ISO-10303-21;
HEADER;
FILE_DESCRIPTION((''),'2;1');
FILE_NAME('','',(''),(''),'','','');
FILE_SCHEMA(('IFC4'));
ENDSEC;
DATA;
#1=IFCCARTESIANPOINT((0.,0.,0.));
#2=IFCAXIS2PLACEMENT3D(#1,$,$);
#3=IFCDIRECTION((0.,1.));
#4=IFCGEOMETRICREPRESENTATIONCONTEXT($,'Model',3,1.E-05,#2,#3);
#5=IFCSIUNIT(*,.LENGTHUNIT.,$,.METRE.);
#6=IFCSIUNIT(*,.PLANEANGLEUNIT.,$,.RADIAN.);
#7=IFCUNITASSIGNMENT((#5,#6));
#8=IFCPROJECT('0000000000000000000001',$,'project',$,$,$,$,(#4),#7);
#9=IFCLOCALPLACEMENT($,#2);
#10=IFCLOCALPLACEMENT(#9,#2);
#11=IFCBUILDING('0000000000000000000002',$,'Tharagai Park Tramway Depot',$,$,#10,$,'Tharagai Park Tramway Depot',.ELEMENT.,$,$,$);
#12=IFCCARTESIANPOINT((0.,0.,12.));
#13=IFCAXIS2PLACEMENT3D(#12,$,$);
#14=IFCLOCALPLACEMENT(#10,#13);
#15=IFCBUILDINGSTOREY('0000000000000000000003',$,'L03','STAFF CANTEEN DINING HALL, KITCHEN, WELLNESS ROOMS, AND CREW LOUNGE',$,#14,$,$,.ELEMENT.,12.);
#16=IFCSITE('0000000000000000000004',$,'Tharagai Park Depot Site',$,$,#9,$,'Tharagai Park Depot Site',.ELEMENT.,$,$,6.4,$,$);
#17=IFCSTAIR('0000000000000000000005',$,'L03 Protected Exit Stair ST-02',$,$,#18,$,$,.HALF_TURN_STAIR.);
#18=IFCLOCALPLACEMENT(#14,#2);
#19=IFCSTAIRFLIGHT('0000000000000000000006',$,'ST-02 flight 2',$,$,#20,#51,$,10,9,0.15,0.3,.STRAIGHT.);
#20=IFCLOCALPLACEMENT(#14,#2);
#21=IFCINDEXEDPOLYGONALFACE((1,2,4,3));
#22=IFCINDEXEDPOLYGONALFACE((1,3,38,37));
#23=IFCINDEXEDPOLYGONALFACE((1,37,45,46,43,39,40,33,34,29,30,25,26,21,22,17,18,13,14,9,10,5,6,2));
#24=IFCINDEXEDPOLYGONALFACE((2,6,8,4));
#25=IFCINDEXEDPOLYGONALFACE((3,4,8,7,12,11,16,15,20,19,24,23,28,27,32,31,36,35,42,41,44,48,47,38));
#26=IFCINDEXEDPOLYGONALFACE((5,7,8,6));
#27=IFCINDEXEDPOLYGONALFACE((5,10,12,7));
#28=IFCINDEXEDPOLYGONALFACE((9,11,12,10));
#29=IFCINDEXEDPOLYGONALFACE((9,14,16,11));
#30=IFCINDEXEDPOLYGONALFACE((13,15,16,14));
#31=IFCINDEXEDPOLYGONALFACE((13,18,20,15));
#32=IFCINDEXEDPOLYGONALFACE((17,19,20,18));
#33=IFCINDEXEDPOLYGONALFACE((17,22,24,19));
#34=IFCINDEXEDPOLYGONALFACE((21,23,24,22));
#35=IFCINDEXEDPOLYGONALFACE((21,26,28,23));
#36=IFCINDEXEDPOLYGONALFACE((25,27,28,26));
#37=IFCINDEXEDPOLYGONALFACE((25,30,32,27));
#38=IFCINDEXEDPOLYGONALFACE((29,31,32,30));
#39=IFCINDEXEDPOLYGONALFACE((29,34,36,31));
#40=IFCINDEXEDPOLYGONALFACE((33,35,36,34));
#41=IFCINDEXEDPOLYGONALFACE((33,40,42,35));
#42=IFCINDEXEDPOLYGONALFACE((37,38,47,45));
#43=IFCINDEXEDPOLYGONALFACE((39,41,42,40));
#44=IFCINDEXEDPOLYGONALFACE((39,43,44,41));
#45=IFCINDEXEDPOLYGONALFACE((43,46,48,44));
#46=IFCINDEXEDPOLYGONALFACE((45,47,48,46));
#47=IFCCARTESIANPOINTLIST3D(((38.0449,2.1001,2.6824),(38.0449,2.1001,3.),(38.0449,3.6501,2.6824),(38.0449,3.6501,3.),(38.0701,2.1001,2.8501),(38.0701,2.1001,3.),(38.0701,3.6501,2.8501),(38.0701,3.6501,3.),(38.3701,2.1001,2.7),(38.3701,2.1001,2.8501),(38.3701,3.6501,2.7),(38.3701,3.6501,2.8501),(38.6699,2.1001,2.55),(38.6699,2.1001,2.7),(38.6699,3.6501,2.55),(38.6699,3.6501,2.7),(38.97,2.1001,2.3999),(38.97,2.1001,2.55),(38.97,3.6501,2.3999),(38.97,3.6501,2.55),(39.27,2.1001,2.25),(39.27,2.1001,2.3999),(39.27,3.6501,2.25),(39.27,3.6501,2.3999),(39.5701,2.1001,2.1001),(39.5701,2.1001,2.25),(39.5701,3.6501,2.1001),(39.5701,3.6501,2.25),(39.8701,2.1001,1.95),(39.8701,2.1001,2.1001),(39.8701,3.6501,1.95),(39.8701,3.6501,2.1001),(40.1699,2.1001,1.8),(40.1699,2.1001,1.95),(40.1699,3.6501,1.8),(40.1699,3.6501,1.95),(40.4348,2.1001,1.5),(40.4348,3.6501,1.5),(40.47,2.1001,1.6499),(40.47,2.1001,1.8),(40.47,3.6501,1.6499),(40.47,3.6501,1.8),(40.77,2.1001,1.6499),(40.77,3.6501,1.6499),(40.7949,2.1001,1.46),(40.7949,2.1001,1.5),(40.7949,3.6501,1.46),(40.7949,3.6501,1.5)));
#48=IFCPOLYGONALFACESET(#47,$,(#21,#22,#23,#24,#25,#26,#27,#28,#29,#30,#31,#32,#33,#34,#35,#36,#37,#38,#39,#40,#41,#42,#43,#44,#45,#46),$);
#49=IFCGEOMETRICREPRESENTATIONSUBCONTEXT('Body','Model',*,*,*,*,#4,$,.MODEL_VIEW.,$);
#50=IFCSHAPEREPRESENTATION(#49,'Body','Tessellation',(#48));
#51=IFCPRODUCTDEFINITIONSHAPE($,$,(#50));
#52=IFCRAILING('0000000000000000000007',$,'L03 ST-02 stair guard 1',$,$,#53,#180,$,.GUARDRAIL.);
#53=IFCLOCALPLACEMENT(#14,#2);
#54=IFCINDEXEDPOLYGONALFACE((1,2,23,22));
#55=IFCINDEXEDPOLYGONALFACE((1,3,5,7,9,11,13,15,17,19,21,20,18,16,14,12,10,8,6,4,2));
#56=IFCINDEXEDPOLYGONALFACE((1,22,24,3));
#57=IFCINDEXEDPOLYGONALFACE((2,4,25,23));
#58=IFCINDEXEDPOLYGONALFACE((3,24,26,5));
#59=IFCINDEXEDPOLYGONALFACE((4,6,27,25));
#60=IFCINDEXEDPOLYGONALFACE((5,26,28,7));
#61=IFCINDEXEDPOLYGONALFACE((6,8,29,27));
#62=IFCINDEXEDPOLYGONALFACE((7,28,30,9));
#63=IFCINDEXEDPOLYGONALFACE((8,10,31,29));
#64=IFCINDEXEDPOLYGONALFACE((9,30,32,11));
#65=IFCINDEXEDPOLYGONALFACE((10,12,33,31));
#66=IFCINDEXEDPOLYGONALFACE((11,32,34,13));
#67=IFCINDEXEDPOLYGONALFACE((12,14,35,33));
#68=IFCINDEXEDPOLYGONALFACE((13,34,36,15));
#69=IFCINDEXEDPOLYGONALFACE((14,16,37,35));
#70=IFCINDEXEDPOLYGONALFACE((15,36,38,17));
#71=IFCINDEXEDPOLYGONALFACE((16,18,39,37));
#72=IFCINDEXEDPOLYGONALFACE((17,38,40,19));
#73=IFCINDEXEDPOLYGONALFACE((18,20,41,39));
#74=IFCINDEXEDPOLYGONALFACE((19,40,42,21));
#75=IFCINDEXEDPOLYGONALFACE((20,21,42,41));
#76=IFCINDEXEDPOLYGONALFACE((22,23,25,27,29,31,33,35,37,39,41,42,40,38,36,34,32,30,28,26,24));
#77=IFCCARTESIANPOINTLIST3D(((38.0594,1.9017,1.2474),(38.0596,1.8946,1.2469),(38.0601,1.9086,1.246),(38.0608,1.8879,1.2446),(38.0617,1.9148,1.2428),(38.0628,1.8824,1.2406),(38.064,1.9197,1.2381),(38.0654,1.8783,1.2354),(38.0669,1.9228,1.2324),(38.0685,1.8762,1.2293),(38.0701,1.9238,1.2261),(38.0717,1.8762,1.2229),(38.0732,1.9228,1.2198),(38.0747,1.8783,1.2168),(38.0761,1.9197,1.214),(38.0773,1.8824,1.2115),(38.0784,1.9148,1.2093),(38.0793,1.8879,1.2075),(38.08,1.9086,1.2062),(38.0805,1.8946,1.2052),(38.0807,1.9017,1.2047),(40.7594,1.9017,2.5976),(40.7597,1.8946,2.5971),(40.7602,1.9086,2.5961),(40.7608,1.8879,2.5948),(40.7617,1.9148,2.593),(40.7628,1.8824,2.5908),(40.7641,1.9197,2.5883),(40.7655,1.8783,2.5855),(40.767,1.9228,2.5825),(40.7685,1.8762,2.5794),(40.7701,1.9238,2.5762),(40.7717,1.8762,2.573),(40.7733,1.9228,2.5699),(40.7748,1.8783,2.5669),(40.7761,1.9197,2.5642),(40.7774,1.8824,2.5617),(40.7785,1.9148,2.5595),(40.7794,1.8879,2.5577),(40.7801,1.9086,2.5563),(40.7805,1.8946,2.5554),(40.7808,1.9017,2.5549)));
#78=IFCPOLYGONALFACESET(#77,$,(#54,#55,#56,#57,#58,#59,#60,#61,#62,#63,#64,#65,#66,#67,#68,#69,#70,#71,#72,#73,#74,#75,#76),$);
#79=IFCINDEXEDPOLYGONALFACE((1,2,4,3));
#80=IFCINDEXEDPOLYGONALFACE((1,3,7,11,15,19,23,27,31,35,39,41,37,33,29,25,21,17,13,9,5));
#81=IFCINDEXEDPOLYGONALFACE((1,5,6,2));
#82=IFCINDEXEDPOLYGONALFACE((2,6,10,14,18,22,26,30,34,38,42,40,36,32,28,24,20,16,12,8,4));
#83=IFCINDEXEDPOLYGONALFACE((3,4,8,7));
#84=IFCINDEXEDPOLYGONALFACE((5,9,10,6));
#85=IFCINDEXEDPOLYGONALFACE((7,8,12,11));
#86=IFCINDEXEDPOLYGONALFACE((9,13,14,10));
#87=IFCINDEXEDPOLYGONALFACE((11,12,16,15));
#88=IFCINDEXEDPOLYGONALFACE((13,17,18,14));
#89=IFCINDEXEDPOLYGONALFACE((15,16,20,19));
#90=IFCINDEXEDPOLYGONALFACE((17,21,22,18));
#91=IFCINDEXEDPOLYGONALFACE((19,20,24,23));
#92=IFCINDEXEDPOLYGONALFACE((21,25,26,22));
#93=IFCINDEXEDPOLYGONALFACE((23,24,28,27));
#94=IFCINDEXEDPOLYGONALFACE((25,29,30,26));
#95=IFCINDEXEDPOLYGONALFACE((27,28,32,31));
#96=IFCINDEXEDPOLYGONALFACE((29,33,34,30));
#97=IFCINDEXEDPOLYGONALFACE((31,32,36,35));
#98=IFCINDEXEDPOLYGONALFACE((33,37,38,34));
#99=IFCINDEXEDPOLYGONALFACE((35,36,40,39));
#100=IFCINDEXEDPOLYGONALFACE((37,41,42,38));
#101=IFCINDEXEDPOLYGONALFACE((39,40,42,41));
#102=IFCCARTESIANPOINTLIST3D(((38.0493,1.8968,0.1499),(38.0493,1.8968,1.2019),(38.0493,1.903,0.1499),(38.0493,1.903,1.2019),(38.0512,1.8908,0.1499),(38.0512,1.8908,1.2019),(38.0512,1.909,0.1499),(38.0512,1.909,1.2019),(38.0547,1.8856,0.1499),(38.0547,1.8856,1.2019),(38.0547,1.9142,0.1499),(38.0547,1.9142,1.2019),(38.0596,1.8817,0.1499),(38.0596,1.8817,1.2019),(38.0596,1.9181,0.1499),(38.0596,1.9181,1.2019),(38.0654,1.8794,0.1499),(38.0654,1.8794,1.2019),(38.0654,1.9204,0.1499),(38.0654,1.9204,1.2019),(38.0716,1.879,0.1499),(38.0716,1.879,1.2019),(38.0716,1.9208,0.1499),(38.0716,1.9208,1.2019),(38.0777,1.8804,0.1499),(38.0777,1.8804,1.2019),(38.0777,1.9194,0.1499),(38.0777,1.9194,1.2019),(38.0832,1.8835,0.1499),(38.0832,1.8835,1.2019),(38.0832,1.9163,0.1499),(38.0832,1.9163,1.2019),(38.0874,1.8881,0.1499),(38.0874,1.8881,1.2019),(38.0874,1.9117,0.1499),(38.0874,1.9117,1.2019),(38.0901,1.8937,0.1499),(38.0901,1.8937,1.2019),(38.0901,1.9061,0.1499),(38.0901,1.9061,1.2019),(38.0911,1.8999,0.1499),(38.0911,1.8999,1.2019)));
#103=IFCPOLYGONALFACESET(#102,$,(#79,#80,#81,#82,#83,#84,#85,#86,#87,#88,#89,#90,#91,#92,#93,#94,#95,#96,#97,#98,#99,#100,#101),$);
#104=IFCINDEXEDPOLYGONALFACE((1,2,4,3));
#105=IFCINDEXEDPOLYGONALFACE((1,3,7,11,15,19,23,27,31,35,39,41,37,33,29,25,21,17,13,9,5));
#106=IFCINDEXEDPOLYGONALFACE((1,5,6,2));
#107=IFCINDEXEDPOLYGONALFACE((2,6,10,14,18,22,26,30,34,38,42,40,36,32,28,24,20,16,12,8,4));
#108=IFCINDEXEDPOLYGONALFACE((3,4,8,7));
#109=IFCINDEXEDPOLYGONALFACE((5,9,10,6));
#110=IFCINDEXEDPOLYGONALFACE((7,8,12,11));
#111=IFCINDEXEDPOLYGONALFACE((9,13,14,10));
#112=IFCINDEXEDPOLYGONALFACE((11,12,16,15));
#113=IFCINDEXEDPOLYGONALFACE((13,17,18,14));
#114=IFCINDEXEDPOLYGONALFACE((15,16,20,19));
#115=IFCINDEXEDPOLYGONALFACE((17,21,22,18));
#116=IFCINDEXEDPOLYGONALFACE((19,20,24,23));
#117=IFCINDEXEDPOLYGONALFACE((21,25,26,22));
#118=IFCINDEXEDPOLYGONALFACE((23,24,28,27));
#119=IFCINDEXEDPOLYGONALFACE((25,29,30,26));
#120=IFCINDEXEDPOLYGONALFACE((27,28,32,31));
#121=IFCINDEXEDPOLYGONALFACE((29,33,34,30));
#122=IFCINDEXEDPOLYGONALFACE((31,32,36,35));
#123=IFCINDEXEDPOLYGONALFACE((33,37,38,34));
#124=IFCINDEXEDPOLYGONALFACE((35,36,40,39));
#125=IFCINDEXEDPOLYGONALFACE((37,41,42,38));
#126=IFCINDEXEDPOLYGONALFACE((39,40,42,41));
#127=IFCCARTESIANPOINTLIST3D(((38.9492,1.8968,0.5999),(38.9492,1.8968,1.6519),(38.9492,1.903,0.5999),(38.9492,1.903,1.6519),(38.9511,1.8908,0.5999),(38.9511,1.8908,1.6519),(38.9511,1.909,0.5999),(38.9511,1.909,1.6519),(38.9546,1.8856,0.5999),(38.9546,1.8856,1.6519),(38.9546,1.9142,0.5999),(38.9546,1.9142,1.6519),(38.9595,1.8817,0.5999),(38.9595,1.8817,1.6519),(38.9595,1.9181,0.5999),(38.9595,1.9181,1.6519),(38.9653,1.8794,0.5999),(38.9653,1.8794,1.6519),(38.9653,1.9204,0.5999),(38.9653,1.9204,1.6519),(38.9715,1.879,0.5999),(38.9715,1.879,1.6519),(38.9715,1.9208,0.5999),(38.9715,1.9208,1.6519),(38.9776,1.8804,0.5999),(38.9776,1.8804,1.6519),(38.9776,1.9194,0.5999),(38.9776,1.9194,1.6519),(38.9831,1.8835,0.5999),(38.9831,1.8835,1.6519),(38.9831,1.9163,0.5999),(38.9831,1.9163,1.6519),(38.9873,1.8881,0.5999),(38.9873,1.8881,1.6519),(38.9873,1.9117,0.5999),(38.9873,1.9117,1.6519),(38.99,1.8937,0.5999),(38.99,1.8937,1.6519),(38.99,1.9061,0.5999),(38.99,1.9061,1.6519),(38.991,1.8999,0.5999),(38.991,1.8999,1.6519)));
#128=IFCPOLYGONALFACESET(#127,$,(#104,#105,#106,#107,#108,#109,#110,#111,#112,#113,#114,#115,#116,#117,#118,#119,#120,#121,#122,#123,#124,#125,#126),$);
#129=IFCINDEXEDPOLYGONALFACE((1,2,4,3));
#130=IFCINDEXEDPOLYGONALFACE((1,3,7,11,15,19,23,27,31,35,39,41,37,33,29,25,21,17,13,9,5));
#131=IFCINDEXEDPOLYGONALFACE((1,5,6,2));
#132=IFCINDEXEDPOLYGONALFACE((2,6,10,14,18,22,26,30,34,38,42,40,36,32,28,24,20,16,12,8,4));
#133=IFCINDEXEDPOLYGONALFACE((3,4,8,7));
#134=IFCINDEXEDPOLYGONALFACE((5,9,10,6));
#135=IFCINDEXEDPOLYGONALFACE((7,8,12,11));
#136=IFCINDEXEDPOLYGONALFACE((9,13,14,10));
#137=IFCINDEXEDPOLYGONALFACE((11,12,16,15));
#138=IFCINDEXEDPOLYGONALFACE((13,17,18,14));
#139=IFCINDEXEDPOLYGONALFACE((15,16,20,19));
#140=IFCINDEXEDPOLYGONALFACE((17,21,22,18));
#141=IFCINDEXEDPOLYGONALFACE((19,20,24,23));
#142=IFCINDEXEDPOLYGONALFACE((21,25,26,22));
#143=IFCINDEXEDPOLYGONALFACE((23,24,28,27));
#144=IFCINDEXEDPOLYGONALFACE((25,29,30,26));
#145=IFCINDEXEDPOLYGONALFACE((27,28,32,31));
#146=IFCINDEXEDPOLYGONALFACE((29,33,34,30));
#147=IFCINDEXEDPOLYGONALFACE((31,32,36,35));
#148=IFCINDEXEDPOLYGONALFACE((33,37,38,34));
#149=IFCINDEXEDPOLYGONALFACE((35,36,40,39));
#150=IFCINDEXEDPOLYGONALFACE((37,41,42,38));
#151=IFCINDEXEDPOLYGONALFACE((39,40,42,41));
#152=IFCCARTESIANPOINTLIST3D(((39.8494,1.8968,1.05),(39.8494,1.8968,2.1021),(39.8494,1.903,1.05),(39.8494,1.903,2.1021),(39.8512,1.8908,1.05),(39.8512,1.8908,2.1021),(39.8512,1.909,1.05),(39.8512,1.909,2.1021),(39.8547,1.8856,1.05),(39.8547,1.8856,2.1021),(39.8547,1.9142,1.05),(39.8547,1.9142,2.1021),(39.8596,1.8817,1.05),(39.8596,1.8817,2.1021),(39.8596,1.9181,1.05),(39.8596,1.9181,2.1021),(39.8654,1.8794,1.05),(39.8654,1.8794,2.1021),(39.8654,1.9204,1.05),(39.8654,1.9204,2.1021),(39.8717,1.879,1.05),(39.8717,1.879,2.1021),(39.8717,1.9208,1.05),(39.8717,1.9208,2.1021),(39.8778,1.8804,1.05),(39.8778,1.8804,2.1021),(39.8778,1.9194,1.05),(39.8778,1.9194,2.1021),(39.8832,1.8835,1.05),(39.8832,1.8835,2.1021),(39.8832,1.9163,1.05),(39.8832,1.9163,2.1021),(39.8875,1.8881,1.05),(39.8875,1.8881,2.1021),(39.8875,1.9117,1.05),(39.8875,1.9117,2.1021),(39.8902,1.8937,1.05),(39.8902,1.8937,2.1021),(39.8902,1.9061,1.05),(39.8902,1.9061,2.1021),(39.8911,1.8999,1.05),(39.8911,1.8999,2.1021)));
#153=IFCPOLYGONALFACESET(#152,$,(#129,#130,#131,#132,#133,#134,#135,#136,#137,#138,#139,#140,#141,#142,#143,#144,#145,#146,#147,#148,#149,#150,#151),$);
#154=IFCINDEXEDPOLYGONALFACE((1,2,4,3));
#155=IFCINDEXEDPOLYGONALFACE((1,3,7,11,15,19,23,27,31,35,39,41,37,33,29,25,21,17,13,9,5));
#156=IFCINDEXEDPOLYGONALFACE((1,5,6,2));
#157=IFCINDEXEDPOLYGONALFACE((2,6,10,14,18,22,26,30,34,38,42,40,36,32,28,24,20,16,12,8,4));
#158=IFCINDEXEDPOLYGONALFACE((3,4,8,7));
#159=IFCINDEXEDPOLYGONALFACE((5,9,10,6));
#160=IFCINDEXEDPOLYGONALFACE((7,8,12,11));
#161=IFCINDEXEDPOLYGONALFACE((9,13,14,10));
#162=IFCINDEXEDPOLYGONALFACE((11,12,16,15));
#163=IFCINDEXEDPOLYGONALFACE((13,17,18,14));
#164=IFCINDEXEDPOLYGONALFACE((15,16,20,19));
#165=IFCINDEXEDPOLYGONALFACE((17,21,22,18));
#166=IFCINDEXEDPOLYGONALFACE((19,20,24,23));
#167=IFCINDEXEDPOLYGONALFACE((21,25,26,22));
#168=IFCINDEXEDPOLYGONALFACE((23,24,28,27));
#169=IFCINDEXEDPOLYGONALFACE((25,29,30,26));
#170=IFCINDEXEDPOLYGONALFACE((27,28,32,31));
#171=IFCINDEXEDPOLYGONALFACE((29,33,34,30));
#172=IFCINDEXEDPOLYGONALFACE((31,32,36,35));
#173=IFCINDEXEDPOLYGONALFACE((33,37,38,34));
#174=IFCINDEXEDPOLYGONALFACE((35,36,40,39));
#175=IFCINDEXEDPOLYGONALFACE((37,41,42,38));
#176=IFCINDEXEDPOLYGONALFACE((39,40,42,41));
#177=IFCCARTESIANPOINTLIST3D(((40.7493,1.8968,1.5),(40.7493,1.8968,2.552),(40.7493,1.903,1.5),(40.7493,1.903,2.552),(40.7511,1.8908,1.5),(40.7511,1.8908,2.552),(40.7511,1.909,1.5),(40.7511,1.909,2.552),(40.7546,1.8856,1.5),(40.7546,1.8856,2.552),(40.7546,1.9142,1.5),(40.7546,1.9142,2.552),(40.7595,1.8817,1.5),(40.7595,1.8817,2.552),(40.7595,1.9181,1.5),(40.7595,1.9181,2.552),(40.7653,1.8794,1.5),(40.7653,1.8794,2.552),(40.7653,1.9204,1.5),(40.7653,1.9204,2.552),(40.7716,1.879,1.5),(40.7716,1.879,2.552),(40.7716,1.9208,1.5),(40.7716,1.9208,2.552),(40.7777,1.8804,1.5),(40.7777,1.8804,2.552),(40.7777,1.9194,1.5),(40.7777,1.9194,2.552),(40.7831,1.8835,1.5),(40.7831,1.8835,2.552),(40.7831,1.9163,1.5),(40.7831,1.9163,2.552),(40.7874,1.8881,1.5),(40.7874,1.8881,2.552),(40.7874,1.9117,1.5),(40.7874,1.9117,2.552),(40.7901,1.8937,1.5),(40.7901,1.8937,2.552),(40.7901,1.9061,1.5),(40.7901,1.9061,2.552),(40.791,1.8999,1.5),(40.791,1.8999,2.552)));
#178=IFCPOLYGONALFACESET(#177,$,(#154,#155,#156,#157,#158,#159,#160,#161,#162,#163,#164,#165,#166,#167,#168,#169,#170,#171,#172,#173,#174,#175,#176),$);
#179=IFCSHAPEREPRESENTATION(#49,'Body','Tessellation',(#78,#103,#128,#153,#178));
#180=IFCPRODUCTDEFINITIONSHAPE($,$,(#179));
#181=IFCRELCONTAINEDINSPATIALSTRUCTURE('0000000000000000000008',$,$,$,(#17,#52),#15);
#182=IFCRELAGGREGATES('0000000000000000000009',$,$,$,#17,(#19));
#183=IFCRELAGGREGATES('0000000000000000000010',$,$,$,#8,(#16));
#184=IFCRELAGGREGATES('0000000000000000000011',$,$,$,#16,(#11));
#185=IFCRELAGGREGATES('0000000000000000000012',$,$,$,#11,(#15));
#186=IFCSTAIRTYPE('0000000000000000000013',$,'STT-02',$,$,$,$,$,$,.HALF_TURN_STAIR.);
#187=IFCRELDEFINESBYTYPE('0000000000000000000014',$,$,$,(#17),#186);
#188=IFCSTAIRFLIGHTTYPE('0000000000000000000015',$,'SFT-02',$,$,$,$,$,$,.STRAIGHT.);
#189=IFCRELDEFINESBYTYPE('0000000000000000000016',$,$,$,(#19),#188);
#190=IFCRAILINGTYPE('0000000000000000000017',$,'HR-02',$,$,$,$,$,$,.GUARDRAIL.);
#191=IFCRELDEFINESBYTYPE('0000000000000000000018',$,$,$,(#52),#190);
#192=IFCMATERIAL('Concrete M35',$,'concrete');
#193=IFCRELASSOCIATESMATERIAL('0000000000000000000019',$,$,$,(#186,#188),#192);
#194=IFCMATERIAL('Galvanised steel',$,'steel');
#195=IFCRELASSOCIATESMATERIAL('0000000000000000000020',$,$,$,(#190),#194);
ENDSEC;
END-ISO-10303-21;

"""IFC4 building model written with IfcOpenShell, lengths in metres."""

from ifc_helpers import new_model, si_unit, direction, frame, origin, origin_2d, place, context, subcontext, project, spatial, polyline, circle, outline, extrude, material, type_object, element, aggregate, save


model = new_model("IFC4")

# Units and contexts
model_context = context("Model", 3, precision=1e-05, world=origin(), true_north=direction((0.0, 1.0)))
body_context = subcontext(model_context, "Body", "Model", "MODEL_VIEW")
ifc_project = project(units=[si_unit("LENGTHUNIT", "METRE"), si_unit("PLANEANGLEUNIT", "RADIAN")], contexts=[model_context])

# Site, building, storey
site_placement = place(None, origin())
site = spatial("IfcSite", under=ifc_project, at=site_placement, Name="Tharagai Park Depot Site", LongName="Tharagai Park Depot Site", CompositionType="ELEMENT", RefElevation=6.4)
building_placement = place(site_placement, origin())
building = spatial("IfcBuilding", under=site, at=building_placement, Name="Tharagai Park Tramway Depot", LongName="Tharagai Park Tramway Depot", CompositionType="ELEMENT")
storey_placement = place(building_placement, frame((0.0, 0.0, 12.0)))
storey = spatial("IfcBuildingStorey", under=building, at=storey_placement, Name="L03", Description="STAFF CANTEEN DINING HALL, KITCHEN, WELLNESS ROOMS, AND CREW LOUNGE", CompositionType="ELEMENT", Elevation=12.0)

# Shared definitions
ifc_material_1 = material(Name="Concrete M35", Category="concrete")

# Stair, stair flight
stair_type = type_object("IfcStairType", Name="STT-02", PredefinedType="HALF_TURN_STAIR", material=ifc_material_1)
stair_placement = place(storey_placement, origin())
stair = element("IfcStair", 1, at=stair_placement, inside=storey, type_object=stair_type, Name="L03 Protected Exit Stair ST-02", PredefinedType="HALF_TURN_STAIR")
stair_flight_type = type_object("IfcStairFlightType", Name="SFT-02", PredefinedType="STRAIGHT", material=ifc_material_1)
stair_flight_1_placement = place(storey_placement, frame((40.77, 2.875, 1.5), z_axis=(0.0, 0.0, 1.0), x_axis=(-1.0, 0.0, 0.0)))
stair_flight_1 = element("IfcStairFlight", 2, at=stair_flight_1_placement, type_object=stair_flight_type, Name="ST-02 flight 2", NumberOfRisers=10, NumberOfTreads=9, PredefinedType="STRAIGHT", RiserHeight=0.15, TreadLength=0.3, context=body_context, shape_type="SweptSolid", body=[
    extrude(outline(polyline([(-0.0249, 0.0), (0.0, 0.1499), (0.3, 0.1499), (0.3, 0.3), (0.6001, 0.3), (0.6001, 0.45), (0.8999, 0.45), (0.8999, 0.6001), (1.2, 0.6001), (1.2, 0.75), (1.5, 0.75), (1.5, 0.8999), (1.8, 0.8999), (1.8, 1.05), (2.1001, 1.05), (2.1001, 1.2), (2.3999, 1.2), (2.3999, 1.3501), (2.7, 1.3501), (2.7, 1.5), (2.7251, 1.5), (2.7251, 1.1824), (0.3352, 0.0), (-0.0249, -0.04), (-0.0249, 0.0)])), frame((0.0, 0.7749, 0.0), z_axis=(0.0, -1.0, 0.0), x_axis=(1.0, 0.0, 0.0)), (0.0, 0.0, 1.0), 1.55),
])
aggregate(stair, [stair_flight_1])

# Railing
ifc_material_2 = material(Name="Galvanised steel", Category="steel")
railing_type_1 = type_object("IfcRailingType", Name="HR-02", PredefinedType="GUARDRAIL", material=ifc_material_2)
railing_1_placement = place(storey_placement, frame((38.0701, 1.8999, 0.1499)))
element("IfcRailing", 3, at=railing_1_placement, inside=storey, type_object=railing_type_1, Name="L03 ST-02 stair guard 1", PredefinedType="GUARDRAIL", context=body_context, shape_type="SweptSolid", body=[
    extrude(circle(Radius=0.0239, at=origin_2d()), frame((0.0, 0.0, 1.0762), z_axis=(0.894411, 0.0, 0.447246), x_axis=(0.0, 1.0, 0.0)), (0.0, 0.0, 1.0), 3.0188),
    extrude(circle(Radius=0.021, at=origin_2d()), origin(), (0.0, 0.0, 1.0), 1.052),
    extrude(circle(Radius=0.021, at=origin_2d()), frame((0.8999, 0.0, 0.45)), (0.0, 0.0, 1.0), 1.052),
    extrude(circle(Radius=0.021, at=origin_2d()), frame((1.8, 0.0, 0.9001)), (0.0, 0.0, 1.0), 1.052),
    extrude(circle(Radius=0.021, at=origin_2d()), frame((2.7, 0.0, 1.3501)), (0.0, 0.0, 1.0), 1.052),
])

save(model, "model.ifc")
